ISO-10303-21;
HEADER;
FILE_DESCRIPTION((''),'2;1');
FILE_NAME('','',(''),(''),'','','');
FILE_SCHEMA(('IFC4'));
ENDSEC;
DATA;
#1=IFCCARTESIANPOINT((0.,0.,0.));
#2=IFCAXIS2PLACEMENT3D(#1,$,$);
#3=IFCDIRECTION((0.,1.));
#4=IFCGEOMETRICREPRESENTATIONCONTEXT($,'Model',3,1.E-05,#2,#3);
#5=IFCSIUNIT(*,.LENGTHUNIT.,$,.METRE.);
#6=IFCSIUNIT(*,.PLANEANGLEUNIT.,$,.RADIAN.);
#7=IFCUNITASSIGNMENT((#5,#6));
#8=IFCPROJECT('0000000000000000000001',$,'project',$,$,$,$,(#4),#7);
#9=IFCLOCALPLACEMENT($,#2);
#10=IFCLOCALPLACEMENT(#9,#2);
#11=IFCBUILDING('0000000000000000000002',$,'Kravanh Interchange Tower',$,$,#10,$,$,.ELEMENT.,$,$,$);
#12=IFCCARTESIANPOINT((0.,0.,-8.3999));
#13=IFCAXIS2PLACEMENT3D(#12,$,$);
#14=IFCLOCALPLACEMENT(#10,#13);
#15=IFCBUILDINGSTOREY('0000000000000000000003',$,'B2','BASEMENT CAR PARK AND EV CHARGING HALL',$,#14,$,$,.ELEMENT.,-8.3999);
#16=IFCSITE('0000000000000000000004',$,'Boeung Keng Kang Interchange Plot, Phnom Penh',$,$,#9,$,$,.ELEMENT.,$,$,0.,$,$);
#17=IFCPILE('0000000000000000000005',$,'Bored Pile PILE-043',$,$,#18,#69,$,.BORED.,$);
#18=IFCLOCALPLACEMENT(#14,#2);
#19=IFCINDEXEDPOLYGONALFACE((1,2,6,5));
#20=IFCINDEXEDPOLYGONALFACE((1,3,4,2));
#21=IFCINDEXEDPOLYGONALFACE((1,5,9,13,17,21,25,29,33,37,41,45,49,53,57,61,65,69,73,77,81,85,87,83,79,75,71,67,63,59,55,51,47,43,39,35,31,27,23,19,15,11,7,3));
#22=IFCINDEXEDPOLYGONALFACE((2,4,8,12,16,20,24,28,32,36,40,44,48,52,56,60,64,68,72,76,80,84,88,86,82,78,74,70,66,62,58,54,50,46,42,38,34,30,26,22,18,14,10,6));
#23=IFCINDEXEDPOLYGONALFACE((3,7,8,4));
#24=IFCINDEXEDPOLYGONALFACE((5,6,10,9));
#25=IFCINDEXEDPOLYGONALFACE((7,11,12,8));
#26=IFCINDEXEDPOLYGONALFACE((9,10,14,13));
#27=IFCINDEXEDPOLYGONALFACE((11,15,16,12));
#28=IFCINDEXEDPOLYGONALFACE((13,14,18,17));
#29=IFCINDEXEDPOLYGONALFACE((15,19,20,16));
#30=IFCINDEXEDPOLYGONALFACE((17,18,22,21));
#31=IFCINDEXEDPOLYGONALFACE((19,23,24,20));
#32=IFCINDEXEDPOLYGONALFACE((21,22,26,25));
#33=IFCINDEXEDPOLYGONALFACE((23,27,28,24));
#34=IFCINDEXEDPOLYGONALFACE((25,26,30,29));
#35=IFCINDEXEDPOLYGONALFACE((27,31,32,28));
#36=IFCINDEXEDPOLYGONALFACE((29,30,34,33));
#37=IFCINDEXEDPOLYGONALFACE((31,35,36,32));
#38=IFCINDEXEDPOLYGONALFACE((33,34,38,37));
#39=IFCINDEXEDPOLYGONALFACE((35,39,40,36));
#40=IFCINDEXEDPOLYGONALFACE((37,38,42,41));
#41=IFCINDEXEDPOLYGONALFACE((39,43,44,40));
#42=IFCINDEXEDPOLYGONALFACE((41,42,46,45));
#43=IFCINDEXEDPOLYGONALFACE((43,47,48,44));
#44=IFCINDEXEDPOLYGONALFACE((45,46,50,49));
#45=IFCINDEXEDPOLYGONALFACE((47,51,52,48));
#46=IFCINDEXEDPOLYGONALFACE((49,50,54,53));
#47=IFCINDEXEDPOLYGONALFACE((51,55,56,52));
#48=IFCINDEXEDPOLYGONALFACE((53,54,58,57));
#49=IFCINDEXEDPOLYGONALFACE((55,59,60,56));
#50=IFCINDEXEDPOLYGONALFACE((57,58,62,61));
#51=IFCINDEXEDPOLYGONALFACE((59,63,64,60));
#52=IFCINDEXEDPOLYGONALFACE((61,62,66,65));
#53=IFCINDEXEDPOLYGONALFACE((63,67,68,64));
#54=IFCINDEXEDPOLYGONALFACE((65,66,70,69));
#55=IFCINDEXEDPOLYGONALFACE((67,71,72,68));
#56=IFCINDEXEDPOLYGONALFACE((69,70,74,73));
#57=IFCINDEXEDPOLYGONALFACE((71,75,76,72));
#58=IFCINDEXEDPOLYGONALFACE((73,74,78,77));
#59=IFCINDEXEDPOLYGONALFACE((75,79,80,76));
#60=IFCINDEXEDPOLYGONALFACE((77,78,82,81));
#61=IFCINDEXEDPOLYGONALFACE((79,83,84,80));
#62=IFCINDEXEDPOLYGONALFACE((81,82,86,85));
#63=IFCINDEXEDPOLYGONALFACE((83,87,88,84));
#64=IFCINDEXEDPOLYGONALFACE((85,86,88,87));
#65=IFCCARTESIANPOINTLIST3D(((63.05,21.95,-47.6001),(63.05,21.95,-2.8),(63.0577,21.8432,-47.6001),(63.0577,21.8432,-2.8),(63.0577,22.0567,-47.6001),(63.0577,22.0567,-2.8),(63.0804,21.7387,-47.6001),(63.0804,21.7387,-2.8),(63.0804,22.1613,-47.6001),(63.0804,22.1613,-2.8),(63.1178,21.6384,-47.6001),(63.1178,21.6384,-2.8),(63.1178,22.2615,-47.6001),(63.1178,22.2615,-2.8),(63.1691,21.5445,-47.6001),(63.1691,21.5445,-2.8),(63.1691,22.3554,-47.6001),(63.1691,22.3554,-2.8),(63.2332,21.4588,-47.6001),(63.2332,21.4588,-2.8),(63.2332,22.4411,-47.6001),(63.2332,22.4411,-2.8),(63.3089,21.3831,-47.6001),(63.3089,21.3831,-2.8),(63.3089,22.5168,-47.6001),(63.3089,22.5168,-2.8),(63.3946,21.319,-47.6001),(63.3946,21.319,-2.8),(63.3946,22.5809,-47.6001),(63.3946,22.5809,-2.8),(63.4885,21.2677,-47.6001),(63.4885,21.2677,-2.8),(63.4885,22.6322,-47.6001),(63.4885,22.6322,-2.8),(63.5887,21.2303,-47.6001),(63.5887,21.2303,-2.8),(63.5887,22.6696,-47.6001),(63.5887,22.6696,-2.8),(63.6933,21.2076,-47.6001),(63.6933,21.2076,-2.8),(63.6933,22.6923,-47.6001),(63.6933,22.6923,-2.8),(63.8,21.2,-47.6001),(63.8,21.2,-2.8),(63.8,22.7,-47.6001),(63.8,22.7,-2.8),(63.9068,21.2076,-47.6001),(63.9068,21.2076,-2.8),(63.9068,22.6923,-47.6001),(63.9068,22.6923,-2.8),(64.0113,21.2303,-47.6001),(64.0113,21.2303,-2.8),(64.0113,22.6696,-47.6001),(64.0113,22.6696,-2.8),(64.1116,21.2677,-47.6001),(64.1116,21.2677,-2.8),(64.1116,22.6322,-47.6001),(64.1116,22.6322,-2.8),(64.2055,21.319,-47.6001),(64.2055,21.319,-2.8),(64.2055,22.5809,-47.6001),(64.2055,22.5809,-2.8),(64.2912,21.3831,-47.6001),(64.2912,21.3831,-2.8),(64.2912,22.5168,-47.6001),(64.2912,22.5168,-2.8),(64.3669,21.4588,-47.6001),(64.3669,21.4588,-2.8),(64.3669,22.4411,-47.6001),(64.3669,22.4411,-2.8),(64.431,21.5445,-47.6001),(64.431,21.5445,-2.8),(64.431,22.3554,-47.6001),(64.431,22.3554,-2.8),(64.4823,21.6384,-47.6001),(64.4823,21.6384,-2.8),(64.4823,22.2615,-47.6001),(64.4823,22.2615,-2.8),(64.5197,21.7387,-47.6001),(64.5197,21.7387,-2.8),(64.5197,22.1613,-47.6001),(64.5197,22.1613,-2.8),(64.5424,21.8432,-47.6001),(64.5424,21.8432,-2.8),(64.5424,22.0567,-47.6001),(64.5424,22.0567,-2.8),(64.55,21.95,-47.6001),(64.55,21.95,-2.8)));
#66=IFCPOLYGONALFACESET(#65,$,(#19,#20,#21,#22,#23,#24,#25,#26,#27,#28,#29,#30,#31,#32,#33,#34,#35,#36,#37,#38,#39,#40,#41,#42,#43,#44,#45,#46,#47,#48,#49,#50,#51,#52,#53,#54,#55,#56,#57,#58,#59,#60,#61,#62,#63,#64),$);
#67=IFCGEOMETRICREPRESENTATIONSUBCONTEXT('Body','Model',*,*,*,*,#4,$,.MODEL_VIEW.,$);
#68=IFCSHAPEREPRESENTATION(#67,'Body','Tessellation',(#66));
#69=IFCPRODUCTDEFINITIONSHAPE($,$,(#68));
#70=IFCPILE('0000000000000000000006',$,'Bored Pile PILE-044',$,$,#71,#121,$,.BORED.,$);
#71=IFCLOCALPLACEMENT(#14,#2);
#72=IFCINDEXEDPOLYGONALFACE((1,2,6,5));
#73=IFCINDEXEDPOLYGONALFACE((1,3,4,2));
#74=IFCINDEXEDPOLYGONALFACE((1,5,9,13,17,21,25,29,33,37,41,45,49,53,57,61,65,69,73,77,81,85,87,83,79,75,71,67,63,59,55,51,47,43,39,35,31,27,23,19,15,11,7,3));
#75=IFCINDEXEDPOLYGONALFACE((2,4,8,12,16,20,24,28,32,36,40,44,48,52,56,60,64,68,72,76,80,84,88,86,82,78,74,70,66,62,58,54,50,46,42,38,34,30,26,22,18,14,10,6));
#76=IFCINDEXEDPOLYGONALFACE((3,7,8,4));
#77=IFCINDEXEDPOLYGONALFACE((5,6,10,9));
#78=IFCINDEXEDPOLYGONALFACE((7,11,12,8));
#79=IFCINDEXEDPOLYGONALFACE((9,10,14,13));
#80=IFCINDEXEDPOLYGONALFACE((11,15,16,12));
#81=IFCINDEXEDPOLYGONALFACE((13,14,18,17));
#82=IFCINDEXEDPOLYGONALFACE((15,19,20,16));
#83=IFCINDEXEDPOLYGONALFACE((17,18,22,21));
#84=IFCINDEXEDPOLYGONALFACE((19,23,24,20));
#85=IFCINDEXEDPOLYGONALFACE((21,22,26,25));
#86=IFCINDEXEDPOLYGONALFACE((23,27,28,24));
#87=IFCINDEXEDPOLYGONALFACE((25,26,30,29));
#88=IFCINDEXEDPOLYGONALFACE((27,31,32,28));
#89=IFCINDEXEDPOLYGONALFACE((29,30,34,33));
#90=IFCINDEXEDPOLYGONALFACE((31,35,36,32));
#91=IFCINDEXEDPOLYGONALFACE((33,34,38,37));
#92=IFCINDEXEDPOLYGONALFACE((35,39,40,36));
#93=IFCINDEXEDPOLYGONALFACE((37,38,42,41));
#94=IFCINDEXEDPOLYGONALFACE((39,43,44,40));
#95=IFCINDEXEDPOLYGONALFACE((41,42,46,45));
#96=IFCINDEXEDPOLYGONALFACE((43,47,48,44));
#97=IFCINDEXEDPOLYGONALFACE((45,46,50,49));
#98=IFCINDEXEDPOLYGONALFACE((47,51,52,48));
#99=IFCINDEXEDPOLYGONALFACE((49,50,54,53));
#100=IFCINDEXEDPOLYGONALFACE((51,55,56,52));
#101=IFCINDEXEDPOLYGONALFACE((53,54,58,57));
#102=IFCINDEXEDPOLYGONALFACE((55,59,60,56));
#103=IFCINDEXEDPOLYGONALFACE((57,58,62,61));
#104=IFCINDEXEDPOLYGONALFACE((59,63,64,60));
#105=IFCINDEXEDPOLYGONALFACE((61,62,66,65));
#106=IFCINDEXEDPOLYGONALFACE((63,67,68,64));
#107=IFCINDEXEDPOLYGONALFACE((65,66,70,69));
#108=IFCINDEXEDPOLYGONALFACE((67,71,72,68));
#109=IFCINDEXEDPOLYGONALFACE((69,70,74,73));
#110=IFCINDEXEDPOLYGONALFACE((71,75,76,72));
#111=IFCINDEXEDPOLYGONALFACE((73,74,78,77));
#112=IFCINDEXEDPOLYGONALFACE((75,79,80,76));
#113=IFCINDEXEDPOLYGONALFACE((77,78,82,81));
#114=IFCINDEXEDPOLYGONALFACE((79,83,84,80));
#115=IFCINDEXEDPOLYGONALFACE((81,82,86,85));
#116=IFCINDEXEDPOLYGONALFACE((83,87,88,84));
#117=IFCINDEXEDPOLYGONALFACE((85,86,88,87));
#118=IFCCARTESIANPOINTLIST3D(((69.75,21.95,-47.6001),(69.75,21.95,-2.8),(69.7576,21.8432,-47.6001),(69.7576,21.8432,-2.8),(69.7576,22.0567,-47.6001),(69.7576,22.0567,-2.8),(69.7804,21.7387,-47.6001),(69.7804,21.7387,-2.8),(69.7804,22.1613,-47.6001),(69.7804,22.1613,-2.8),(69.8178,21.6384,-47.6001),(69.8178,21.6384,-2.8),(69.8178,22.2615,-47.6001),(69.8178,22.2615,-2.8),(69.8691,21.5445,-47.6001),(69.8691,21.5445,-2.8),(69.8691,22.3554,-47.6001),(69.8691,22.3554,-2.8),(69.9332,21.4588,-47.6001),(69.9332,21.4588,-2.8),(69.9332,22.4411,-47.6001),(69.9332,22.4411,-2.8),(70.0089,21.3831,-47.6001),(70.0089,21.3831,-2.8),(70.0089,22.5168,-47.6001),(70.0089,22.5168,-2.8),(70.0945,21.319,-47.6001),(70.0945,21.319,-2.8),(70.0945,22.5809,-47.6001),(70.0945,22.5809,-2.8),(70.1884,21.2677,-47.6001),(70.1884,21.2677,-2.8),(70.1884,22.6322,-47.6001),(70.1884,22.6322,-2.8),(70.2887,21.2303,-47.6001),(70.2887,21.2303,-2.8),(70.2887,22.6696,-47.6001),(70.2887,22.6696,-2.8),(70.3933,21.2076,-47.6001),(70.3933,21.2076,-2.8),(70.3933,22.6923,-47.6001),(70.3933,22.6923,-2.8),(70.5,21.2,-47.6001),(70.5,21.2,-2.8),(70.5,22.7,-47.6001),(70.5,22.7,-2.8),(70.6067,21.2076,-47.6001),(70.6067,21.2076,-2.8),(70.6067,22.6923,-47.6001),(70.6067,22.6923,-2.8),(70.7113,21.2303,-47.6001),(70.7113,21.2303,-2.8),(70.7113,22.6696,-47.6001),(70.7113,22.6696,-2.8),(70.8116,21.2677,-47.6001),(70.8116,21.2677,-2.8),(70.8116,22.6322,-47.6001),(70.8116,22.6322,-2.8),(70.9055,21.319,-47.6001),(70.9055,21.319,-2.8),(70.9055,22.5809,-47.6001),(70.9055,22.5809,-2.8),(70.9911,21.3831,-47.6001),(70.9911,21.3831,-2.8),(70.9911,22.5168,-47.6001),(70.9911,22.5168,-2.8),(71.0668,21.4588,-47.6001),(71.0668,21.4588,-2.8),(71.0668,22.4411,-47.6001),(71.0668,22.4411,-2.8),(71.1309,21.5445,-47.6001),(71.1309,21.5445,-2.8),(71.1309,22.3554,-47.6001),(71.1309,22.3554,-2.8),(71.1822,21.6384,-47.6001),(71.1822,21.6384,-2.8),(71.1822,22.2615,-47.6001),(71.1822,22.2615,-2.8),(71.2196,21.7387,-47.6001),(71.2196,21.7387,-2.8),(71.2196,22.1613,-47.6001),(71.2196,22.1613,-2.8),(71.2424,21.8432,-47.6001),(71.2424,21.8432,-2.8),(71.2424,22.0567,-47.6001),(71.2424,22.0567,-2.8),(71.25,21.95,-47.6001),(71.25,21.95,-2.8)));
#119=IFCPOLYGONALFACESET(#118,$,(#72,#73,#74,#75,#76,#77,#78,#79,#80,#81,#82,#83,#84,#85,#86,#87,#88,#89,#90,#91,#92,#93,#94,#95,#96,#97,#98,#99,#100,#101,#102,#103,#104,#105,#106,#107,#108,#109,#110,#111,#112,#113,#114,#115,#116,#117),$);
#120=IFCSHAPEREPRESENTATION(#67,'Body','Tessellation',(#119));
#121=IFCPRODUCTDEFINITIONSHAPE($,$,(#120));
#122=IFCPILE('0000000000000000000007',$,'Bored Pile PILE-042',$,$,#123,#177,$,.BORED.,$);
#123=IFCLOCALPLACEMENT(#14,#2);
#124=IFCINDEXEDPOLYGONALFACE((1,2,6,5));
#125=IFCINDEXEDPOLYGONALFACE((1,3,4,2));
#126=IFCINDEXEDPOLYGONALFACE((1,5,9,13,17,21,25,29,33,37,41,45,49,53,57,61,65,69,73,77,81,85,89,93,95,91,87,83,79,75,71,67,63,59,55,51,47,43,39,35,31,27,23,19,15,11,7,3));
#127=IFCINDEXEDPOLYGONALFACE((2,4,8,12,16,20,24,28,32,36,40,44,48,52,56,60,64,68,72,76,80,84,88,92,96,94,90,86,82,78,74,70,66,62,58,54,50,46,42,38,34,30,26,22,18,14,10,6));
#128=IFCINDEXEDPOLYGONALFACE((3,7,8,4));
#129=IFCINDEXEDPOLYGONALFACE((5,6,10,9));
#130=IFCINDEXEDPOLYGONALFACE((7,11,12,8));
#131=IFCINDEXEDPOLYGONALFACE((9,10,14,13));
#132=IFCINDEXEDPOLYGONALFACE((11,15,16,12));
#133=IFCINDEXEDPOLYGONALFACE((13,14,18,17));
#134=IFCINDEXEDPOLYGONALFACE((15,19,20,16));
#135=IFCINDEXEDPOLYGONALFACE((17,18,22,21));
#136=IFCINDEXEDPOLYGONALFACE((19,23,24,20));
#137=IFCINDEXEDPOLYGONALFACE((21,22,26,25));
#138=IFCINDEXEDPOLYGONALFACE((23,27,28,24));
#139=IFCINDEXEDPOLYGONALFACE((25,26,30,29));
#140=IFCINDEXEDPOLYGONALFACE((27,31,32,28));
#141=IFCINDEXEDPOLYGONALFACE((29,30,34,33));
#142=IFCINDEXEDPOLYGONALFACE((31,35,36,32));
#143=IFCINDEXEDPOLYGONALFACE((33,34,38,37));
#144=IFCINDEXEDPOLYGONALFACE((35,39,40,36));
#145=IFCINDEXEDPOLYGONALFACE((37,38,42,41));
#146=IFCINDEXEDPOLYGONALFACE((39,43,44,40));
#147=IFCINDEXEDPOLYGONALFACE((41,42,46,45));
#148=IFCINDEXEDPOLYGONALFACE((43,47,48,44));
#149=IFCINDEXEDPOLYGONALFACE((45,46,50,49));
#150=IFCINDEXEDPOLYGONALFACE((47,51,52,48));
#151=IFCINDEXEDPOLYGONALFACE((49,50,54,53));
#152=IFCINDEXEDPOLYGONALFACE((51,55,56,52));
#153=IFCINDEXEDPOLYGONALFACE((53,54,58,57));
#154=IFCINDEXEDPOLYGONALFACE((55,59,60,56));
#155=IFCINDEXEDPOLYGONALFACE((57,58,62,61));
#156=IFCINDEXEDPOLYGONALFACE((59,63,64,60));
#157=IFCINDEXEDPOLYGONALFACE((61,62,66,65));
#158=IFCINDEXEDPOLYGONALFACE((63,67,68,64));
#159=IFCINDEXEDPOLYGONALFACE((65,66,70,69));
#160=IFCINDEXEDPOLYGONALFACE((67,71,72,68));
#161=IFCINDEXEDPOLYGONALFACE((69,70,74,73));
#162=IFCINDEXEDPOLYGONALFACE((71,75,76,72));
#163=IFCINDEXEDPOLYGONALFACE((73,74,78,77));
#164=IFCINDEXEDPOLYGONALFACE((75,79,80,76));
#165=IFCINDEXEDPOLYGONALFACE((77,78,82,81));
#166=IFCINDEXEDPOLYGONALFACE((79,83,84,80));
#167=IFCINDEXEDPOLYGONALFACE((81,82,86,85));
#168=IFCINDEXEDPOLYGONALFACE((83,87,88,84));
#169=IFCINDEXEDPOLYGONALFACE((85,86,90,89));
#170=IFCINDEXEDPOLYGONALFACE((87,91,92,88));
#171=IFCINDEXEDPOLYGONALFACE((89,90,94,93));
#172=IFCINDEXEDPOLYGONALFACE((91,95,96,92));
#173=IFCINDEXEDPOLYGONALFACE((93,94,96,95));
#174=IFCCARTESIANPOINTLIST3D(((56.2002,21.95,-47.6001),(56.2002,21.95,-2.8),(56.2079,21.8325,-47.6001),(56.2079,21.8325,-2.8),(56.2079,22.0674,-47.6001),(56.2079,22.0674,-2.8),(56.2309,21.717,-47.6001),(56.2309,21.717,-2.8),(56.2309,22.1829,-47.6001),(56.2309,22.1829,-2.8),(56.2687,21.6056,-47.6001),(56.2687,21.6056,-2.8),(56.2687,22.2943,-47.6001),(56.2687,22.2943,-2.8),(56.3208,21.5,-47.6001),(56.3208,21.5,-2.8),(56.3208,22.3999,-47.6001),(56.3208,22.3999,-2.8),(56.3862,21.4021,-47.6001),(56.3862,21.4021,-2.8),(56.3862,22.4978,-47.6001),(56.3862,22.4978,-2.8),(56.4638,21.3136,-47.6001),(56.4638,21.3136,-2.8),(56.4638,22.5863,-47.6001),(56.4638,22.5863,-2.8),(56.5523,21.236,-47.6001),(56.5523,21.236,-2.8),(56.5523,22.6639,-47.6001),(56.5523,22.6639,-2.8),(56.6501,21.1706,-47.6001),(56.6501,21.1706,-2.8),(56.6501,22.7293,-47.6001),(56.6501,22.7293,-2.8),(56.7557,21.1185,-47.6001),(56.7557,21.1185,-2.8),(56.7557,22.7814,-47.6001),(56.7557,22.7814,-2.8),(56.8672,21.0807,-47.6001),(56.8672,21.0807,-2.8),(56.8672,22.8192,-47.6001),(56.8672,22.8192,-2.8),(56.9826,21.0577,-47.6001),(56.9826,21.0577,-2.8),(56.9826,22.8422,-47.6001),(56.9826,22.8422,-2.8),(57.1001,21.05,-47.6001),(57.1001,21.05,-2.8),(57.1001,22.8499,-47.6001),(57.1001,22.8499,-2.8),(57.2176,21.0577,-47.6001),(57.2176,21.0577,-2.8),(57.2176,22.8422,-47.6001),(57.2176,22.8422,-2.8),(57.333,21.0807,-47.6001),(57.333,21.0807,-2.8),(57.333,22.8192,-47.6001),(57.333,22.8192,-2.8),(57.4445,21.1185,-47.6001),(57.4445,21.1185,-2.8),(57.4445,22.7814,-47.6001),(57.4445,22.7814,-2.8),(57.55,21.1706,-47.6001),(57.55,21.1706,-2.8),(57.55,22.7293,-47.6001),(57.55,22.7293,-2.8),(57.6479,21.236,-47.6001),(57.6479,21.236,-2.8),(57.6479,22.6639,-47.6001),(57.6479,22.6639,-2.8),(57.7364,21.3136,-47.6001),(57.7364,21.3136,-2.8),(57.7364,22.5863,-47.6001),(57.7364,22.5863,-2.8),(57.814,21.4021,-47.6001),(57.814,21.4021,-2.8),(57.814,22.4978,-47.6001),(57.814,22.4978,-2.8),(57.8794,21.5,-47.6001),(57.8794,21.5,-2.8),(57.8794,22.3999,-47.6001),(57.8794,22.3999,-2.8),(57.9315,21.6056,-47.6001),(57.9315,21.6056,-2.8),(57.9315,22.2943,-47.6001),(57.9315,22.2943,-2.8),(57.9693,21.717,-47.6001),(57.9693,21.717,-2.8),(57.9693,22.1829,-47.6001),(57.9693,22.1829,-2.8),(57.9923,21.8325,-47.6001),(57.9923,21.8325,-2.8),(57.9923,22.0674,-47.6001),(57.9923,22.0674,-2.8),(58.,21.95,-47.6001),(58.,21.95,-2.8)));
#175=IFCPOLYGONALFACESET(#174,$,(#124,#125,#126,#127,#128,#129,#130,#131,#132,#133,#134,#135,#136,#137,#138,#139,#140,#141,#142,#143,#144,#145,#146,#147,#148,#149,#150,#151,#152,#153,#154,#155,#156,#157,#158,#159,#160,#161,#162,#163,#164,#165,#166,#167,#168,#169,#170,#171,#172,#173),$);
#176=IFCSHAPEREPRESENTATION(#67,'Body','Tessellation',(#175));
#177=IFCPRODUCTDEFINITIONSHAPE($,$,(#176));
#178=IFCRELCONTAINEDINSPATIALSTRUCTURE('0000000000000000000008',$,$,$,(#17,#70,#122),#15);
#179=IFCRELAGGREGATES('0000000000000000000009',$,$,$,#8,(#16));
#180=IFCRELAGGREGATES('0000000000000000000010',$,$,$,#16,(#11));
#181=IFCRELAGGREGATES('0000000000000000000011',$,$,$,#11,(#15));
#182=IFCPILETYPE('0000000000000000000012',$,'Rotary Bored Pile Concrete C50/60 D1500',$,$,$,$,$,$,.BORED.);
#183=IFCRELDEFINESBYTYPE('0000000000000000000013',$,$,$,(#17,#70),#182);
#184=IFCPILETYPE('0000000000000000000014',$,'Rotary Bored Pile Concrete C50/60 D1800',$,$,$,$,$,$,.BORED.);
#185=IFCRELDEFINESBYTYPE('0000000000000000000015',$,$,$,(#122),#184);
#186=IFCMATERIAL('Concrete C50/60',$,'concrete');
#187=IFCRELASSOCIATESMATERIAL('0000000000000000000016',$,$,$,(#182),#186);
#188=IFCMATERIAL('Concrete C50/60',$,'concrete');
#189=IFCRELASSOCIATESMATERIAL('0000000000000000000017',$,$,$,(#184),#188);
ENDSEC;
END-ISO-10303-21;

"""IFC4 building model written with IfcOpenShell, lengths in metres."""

from ifc_helpers import new_model, si_unit, direction, frame, origin, origin_2d, place, context, subcontext, project, spatial, circle, extrude, material, material_profile, profile_set, type_object, element, save


model = new_model("IFC4")

# Units and contexts
model_context = context("Model", 3, precision=1e-05, world=origin(), true_north=direction((0.0, 1.0)))
body_context = subcontext(model_context, "Body", "Model", "MODEL_VIEW")
ifc_project = project(units=[si_unit("LENGTHUNIT", "METRE"), si_unit("PLANEANGLEUNIT", "RADIAN")], contexts=[model_context])

# Site, building, storey
site_placement = place(None, origin())
site = spatial("IfcSite", under=ifc_project, at=site_placement, Name="Boeung Keng Kang Interchange Plot, Phnom Penh", CompositionType="ELEMENT", RefElevation=0.0)
building_placement = place(site_placement, origin())
building = spatial("IfcBuilding", under=site, at=building_placement, Name="Kravanh Interchange Tower", CompositionType="ELEMENT")
storey_placement = place(building_placement, frame((0.0, 0.0, -8.3999)))
storey = spatial("IfcBuildingStorey", under=building, at=storey_placement, Name="B2", Description="BASEMENT CAR PARK AND EV CHARGING HALL", CompositionType="ELEMENT", Elevation=-8.3999)

# Piles
ifc_material_1 = material(Name="Concrete C50/60", Category="concrete")
ifc_material_profile_1 = material_profile(ifc_material_1, circle(Radius=0.75, at=origin_2d()), Name="PILE-D1500")
ifc_profile_set_1 = profile_set([ifc_material_profile_1], Name="Concrete C50/60")
pile_type_1 = type_object("IfcPileType", Name="Rotary Bored Pile Concrete C50/60 D1500", PredefinedType="BORED", material=ifc_profile_set_1)
for number, where, z_axis, x_axis, name in (
    (1, (63.8, 21.95, -2.8), (0.0, 0.0, -1.0), (1.0, 0.0, 0.0), "Bored Pile PILE-043"),
    (2, (70.5, 21.95, -2.8), (0.0, 0.0, -1.0), (1.0, 0.0, 0.0), "Bored Pile PILE-044"),
):
    element("IfcPile", number, at=place(storey_placement, frame(where, z_axis=z_axis, x_axis=x_axis)), inside=storey, type_object=pile_type_1, Name=name, PredefinedType="BORED", context=body_context, shape_type="SweptSolid", body=[
        extrude(circle(Radius=0.75, at=origin_2d()), origin(), (0.0, 0.0, 1.0), 44.8),
    ])
ifc_material_2 = material(Name="Concrete C50/60", Category="concrete")
ifc_material_profile_2 = material_profile(ifc_material_2, circle(Radius=0.8999, at=origin_2d()), Name="PILE-D1800")
ifc_profile_set_2 = profile_set([ifc_material_profile_2], Name="Concrete C50/60")
pile_type_2 = type_object("IfcPileType", Name="Rotary Bored Pile Concrete C50/60 D1800", PredefinedType="BORED", material=ifc_profile_set_2)
pile_placement = place(storey_placement, frame((57.1001, 21.95, -2.8), z_axis=(0.0, 0.0, -1.0), x_axis=(1.0, 0.0, 0.0)))
element("IfcPile", 3, at=pile_placement, inside=storey, type_object=pile_type_2, Name="Bored Pile PILE-042", PredefinedType="BORED", context=body_context, shape_type="SweptSolid", body=[
    extrude(circle(Radius=0.8999, at=origin_2d()), origin(), (0.0, 0.0, 1.0), 44.8),
])

save(model, "model.ifc")
